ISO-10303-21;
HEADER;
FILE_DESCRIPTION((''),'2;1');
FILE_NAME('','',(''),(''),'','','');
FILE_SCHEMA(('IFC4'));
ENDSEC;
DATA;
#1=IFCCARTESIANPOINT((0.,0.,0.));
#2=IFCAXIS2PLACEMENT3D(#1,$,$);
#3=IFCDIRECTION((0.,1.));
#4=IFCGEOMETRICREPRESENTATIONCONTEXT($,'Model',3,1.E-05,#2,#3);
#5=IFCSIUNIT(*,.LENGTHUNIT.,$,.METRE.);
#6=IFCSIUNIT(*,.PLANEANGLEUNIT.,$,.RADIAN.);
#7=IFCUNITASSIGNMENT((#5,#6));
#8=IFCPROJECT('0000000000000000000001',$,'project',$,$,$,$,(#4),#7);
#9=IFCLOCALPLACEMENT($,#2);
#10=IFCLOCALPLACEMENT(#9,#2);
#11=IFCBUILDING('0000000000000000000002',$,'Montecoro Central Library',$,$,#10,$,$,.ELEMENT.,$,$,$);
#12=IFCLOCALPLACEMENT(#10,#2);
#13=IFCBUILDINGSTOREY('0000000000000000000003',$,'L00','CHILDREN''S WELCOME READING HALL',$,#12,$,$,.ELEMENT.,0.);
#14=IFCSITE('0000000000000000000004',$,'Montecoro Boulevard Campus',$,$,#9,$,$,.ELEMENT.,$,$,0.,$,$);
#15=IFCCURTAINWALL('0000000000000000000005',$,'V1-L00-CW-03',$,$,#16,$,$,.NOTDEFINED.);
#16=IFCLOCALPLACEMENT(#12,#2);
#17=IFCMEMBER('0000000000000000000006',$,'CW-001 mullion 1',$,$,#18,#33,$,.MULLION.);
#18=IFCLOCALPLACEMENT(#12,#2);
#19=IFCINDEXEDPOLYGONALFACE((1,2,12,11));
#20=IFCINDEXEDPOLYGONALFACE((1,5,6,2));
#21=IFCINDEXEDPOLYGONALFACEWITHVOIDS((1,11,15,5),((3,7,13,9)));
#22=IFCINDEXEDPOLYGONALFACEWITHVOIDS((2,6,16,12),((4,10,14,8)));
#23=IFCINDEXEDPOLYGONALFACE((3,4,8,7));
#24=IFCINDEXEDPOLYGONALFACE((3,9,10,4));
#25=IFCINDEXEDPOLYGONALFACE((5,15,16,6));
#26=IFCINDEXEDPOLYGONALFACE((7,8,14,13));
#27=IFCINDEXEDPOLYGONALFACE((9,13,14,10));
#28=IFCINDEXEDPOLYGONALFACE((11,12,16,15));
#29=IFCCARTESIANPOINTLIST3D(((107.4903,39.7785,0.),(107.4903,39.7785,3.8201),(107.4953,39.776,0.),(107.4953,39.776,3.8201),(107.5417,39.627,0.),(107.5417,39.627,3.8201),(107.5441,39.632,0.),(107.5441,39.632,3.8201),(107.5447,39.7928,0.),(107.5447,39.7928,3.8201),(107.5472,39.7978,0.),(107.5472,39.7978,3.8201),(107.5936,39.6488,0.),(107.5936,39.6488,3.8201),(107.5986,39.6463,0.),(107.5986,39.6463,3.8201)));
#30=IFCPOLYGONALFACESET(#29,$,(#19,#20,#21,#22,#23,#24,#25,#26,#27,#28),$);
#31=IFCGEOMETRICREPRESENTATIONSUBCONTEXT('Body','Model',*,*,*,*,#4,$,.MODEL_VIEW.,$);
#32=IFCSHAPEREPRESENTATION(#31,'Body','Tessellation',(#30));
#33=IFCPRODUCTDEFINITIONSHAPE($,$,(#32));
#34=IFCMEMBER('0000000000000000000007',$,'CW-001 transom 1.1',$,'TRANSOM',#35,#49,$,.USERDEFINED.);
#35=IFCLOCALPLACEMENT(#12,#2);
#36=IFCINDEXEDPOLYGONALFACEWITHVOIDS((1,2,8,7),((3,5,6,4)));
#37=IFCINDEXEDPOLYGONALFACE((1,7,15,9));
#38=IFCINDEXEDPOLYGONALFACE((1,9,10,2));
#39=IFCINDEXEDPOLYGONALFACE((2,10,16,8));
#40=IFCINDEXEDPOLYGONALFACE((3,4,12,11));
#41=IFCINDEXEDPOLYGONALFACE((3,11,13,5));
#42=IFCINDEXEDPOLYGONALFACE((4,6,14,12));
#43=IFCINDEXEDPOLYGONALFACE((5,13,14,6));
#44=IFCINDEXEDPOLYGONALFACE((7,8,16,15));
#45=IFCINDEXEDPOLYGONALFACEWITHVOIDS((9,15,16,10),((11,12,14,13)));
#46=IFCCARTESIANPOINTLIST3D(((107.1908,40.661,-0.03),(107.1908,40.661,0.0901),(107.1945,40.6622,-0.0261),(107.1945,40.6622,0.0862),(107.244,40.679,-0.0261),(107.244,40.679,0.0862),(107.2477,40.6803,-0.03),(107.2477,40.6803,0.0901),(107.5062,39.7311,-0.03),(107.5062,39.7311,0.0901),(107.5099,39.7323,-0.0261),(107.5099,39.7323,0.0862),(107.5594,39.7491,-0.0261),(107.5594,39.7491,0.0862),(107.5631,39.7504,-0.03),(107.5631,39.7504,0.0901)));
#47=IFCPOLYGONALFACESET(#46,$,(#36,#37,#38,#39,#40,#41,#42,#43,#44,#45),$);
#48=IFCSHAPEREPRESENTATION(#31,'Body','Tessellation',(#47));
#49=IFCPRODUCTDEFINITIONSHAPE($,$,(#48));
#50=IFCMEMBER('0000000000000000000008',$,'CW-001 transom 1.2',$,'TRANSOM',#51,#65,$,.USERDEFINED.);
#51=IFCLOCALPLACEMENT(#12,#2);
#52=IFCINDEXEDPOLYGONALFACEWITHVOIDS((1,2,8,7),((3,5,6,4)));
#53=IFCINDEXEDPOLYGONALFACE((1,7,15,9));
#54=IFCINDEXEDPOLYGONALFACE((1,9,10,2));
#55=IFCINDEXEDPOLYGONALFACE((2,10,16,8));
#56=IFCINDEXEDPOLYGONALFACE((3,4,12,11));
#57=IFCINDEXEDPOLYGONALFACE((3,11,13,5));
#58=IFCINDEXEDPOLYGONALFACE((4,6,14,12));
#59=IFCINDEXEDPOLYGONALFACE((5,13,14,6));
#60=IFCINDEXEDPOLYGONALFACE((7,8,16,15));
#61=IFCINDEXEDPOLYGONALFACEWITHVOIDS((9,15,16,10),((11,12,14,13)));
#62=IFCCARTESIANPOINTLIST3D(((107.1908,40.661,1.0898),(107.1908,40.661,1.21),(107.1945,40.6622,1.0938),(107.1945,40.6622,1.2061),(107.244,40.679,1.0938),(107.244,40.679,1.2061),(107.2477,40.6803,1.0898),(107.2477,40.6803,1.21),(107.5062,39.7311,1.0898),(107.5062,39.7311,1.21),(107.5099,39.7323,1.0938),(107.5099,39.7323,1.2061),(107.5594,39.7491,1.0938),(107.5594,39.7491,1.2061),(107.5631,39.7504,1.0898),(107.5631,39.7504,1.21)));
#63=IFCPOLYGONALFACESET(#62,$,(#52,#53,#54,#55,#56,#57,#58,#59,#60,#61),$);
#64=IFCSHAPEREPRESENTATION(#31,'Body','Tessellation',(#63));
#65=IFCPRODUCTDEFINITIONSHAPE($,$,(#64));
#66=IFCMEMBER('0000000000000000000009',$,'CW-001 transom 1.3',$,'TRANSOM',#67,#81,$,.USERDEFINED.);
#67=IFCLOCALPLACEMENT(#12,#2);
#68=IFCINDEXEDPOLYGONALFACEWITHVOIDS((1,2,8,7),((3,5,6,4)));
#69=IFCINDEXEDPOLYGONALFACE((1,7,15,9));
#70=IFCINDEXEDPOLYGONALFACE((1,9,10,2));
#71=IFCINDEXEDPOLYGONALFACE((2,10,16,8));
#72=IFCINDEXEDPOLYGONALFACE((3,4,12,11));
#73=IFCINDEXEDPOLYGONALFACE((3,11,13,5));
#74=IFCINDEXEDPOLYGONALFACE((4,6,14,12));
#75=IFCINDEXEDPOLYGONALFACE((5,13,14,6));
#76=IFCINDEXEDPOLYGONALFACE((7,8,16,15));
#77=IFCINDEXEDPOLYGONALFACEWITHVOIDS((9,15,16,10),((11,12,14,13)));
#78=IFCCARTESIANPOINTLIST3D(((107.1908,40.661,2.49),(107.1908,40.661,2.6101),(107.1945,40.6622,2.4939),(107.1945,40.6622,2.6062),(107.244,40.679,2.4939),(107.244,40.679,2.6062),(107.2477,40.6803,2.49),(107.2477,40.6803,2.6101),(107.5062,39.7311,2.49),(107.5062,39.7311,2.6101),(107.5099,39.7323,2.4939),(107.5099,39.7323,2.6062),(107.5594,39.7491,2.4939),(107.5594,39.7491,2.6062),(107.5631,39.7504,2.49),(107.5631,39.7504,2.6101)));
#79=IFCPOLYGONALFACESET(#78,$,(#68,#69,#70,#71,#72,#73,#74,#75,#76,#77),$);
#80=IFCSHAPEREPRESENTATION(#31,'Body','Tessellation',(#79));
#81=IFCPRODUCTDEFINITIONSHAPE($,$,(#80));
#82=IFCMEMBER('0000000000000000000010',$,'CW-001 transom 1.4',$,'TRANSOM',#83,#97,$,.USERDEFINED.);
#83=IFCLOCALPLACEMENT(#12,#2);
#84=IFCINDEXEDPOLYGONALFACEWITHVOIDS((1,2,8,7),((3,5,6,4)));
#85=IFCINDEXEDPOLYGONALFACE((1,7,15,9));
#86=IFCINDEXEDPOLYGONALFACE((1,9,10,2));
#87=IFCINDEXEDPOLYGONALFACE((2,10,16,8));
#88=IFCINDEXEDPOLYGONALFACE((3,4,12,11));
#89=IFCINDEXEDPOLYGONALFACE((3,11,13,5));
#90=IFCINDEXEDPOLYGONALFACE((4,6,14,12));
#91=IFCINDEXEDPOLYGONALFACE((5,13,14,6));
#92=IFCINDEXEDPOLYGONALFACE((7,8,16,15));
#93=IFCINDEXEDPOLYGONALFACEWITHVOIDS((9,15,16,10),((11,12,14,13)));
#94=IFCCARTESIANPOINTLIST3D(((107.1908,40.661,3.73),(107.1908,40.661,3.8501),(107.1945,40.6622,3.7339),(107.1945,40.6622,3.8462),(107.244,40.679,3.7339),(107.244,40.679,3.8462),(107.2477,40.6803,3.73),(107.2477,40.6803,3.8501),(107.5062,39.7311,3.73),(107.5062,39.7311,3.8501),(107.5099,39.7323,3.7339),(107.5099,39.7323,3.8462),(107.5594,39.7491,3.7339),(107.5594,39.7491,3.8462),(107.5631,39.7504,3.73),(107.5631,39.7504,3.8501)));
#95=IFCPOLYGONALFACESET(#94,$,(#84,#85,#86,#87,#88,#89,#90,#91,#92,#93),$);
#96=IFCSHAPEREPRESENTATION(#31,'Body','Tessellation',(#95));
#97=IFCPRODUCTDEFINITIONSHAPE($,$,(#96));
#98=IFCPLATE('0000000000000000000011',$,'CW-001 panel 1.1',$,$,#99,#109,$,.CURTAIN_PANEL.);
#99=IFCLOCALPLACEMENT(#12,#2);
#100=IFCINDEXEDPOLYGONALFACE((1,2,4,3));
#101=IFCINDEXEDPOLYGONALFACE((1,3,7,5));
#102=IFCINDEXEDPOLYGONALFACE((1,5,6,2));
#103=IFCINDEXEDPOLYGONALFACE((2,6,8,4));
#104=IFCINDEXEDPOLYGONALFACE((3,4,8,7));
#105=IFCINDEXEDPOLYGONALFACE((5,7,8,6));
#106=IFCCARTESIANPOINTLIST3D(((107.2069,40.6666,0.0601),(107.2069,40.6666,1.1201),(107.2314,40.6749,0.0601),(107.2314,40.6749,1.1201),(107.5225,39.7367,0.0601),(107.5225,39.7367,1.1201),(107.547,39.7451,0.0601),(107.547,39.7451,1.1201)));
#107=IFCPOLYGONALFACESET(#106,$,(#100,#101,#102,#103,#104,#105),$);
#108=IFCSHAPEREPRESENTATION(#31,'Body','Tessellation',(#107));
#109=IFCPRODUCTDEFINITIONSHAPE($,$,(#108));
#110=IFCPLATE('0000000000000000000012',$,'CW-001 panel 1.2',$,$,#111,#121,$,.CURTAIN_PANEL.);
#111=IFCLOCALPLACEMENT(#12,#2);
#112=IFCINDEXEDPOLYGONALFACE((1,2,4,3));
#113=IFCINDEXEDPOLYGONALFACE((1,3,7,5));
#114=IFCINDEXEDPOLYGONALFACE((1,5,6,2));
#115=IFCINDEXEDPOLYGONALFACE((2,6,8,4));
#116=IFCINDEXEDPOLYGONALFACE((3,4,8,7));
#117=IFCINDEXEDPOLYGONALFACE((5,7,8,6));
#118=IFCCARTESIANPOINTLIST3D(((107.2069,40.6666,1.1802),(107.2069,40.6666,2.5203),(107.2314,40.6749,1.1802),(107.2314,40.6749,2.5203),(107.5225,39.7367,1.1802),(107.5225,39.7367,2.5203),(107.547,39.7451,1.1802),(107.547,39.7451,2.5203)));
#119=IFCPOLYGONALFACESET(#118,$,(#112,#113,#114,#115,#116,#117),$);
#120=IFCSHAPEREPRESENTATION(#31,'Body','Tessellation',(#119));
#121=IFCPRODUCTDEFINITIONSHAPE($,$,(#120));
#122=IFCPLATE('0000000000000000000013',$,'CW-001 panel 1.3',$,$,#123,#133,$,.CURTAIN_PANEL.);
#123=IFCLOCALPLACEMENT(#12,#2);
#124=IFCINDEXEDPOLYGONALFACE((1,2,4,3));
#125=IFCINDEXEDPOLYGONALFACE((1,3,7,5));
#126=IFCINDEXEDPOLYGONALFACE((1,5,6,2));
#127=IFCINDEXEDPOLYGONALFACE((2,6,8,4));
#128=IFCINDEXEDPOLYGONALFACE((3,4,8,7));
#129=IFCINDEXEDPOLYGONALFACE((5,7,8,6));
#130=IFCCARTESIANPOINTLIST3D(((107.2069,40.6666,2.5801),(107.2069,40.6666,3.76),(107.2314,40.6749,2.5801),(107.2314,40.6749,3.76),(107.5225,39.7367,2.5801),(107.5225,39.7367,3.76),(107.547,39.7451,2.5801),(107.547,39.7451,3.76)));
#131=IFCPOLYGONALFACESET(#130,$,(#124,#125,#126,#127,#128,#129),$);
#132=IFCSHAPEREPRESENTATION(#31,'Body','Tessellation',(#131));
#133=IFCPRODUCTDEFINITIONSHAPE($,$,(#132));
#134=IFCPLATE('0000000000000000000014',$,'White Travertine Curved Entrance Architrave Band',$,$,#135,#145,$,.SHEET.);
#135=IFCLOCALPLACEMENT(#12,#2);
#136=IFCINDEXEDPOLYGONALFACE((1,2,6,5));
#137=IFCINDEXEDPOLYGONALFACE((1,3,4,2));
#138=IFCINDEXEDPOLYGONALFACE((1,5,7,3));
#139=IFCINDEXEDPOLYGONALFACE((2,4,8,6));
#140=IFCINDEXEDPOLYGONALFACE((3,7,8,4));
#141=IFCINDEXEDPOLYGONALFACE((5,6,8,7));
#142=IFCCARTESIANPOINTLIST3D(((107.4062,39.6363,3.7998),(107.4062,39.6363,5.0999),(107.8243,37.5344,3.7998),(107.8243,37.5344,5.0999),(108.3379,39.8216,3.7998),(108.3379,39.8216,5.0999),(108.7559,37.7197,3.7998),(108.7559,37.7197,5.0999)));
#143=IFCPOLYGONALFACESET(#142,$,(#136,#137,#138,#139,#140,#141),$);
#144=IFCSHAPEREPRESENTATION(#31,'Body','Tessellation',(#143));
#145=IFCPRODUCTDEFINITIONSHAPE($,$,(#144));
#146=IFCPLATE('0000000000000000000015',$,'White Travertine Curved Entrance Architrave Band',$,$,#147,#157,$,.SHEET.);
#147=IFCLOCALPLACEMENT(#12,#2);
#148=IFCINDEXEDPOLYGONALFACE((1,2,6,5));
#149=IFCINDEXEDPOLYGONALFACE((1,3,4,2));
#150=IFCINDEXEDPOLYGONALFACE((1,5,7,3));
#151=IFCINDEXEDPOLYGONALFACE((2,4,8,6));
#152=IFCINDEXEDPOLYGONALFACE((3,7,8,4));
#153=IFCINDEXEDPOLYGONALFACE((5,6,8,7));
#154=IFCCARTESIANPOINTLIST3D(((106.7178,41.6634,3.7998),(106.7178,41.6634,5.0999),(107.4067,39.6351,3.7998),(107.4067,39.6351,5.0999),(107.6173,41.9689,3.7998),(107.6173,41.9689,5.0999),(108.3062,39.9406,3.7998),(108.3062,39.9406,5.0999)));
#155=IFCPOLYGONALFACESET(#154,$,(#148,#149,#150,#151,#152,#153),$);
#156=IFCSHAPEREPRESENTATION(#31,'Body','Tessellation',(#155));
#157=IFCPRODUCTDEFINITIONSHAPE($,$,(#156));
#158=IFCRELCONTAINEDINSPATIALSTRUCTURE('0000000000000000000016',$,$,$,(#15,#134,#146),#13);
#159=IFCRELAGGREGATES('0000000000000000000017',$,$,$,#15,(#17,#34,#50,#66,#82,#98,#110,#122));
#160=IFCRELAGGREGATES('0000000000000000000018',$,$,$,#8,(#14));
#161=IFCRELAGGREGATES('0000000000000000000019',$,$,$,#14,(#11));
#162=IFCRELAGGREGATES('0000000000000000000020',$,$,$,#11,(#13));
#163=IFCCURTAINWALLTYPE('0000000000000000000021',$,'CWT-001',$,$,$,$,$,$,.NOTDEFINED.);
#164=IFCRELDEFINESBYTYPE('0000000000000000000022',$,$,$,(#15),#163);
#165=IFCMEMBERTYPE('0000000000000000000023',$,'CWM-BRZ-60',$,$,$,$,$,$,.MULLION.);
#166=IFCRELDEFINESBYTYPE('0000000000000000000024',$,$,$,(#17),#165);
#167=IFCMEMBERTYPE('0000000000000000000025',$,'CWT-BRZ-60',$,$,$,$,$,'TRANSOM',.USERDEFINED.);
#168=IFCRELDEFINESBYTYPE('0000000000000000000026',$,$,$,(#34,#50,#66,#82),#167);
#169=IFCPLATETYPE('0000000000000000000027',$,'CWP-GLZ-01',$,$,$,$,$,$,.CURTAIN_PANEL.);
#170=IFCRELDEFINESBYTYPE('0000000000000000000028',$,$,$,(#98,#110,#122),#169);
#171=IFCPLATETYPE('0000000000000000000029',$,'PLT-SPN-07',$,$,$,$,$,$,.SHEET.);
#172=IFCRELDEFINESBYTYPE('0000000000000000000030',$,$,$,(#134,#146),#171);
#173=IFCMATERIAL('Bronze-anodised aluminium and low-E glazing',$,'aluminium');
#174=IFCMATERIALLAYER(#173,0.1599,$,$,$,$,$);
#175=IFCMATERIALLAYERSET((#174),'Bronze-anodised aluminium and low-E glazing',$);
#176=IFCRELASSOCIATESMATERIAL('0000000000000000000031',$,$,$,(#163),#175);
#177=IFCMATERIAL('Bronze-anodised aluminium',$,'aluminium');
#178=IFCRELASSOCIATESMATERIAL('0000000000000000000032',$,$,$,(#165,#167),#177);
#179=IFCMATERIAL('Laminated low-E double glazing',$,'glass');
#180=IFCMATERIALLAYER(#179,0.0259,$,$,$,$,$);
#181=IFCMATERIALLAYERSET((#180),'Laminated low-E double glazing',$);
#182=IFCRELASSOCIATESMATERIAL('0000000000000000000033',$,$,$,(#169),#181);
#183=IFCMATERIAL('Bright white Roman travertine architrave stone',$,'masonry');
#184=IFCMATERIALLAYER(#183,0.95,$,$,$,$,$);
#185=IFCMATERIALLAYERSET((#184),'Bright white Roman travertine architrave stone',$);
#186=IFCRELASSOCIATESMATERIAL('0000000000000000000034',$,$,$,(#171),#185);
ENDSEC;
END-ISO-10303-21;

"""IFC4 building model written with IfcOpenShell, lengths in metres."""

from ifc_helpers import new_model, si_unit, direction, frame, origin, origin_2d, place, context, subcontext, project, spatial, rectangle, hollow_rectangle, extrude, material, layer, layer_set, material_profile, profile_set, type_object, element, aggregate, save


model = new_model("IFC4")

# Units and contexts
model_context = context("Model", 3, precision=1e-05, world=origin(), true_north=direction((0.0, 1.0)))
body_context = subcontext(model_context, "Body", "Model", "MODEL_VIEW")
ifc_project = project(units=[si_unit("LENGTHUNIT", "METRE"), si_unit("PLANEANGLEUNIT", "RADIAN")], contexts=[model_context])

# Site, building, storey
site_placement = place(None, origin())
site = spatial("IfcSite", under=ifc_project, at=site_placement, Name="Montecoro Boulevard Campus", CompositionType="ELEMENT", RefElevation=0.0)
building_placement = place(site_placement, origin())
building = spatial("IfcBuilding", under=site, at=building_placement, Name="Montecoro Central Library", CompositionType="ELEMENT")
storey_placement = place(building_placement, origin())
storey = spatial("IfcBuildingStorey", under=building, at=storey_placement, Name="L00", Description="CHILDREN'S WELCOME READING HALL", CompositionType="ELEMENT", Elevation=0.0)

# Curtain wall, members, plates
ifc_material_1 = material(Name="Bronze-anodised aluminium and low-E glazing", Category="aluminium")
ifc_layer_1 = layer(ifc_material_1, 0.1599)
ifc_layer_set_1 = layer_set([ifc_layer_1], Name="Bronze-anodised aluminium and low-E glazing")
curtain_wall_type = type_object("IfcCurtainWallType", Name="CWT-001", PredefinedType="NOTDEFINED", material=ifc_layer_set_1)
curtain_wall_placement = place(storey_placement, origin())
curtain_wall = element("IfcCurtainWall", 1, at=curtain_wall_placement, inside=storey, type_object=curtain_wall_type, Name="V1-L00-CW-03", PredefinedType="NOTDEFINED")
ifc_material_2 = material(Name="Bronze-anodised aluminium", Category="aluminium")
ifc_material_profile_1 = material_profile(ifc_material_2, hollow_rectangle(XDim=0.0601, YDim=0.1599, WallThickness=0.0039, at=origin_2d()), Name="CWM 160x60x4.0")
ifc_profile_set_1 = profile_set([ifc_material_profile_1], Name="Bronze-anodised aluminium")
member_type_1 = type_object("IfcMemberType", Name="CWM-BRZ-60", PredefinedType="MULLION", material=ifc_profile_set_1)
member_1_placement = place(storey_placement, frame((107.5444, 39.7124, 0.0), z_axis=(0.0, 0.0, 1.0), x_axis=(-0.946943, -0.321401, 0.0)))
member_1 = element("IfcMember", 2, at=member_1_placement, type_object=member_type_1, Name="CW-001 mullion 1", PredefinedType="MULLION", context=body_context, shape_type="SweptSolid", body=[
    extrude(hollow_rectangle(XDim=0.0601, YDim=0.1599, WallThickness=0.0039, at=origin_2d()), origin(), (0.0, 0.0, 1.0), 3.8201),
])
ifc_material_profile_2 = material_profile(ifc_material_2, hollow_rectangle(XDim=0.0601, YDim=0.1201, WallThickness=0.0039, at=origin_2d()), Name="CWT 120x60x4.0")
ifc_profile_set_2 = profile_set([ifc_material_profile_2], Name="Bronze-anodised aluminium")
member_type_2 = type_object("IfcMemberType", Name="CWT-BRZ-60", ElementType="TRANSOM", PredefinedType="USERDEFINED", material=ifc_profile_set_2)
member_2_placement = place(storey_placement, frame((107.5347, 39.7407, 0.03), z_axis=(-0.321221, 0.947004, 0.0), x_axis=(-0.947004, -0.321221, 0.0)))
member_2 = element("IfcMember", 3, at=member_2_placement, type_object=member_type_2, Name="CW-001 transom 1.1", ObjectType="TRANSOM", PredefinedType="USERDEFINED", context=body_context, shape_type="SweptSolid", body=[
    extrude(hollow_rectangle(XDim=0.0601, YDim=0.1201, WallThickness=0.0039, at=origin_2d()), origin(), (0.0, 0.0, 1.0), 0.9819),
])
member_3_placement = place(storey_placement, frame((107.5347, 39.7407, 1.1499), z_axis=(-0.321221, 0.947004, 0.0), x_axis=(-0.947004, -0.321221, 0.0)))
member_3 = element("IfcMember", 4, at=member_3_placement, type_object=member_type_2, Name="CW-001 transom 1.2", ObjectType="TRANSOM", PredefinedType="USERDEFINED", context=body_context, shape_type="SweptSolid", body=[
    extrude(hollow_rectangle(XDim=0.0601, YDim=0.1201, WallThickness=0.0039, at=origin_2d()), origin(), (0.0, 0.0, 1.0), 0.9819),
])
member_4_placement = place(storey_placement, frame((107.5347, 39.7407, 2.55), z_axis=(-0.321221, 0.947004, 0.0), x_axis=(-0.947004, -0.321221, 0.0)))
member_4 = element("IfcMember", 5, at=member_4_placement, type_object=member_type_2, Name="CW-001 transom 1.3", ObjectType="TRANSOM", PredefinedType="USERDEFINED", context=body_context, shape_type="SweptSolid", body=[
    extrude(hollow_rectangle(XDim=0.0601, YDim=0.1201, WallThickness=0.0039, at=origin_2d()), origin(), (0.0, 0.0, 1.0), 0.9819),
])
member_5_placement = place(storey_placement, frame((107.5347, 39.7407, 3.79), z_axis=(-0.321221, 0.947004, 0.0), x_axis=(-0.947004, -0.321221, 0.0)))
member_5 = element("IfcMember", 6, at=member_5_placement, type_object=member_type_2, Name="CW-001 transom 1.4", ObjectType="TRANSOM", PredefinedType="USERDEFINED", context=body_context, shape_type="SweptSolid", body=[
    extrude(hollow_rectangle(XDim=0.0601, YDim=0.1201, WallThickness=0.0039, at=origin_2d()), origin(), (0.0, 0.0, 1.0), 0.9819),
])
ifc_material_3 = material(Name="Laminated low-E double glazing", Category="glass")
ifc_layer_2 = layer(ifc_material_3, 0.0259)
ifc_layer_set_2 = layer_set([ifc_layer_2], Name="Laminated low-E double glazing")
plate_type_1 = type_object("IfcPlateType", Name="CWP-GLZ-01", PredefinedType="CURTAIN_PANEL", material=ifc_layer_set_2)
plate_1_placement = place(storey_placement, frame((107.377, 40.2058, 0.0601), z_axis=(0.0, 0.0, 1.0), x_axis=(-0.321401, 0.946943, 0.0)))
plate_1 = element("IfcPlate", 7, at=plate_1_placement, type_object=plate_type_1, Name="CW-001 panel 1.1", PredefinedType="CURTAIN_PANEL", context=body_context, shape_type="SweptSolid", body=[
    extrude(rectangle(XDim=0.9819, YDim=0.0259, at=origin_2d()), origin(), (0.0, 0.0, 1.0), 1.0601),
])
plate_2_placement = place(storey_placement, frame((107.377, 40.2058, 1.1802), z_axis=(0.0, 0.0, 1.0), x_axis=(-0.321401, 0.946943, 0.0)))
plate_2 = element("IfcPlate", 8, at=plate_2_placement, type_object=plate_type_1, Name="CW-001 panel 1.2", PredefinedType="CURTAIN_PANEL", context=body_context, shape_type="SweptSolid", body=[
    extrude(rectangle(XDim=0.9819, YDim=0.0259, at=origin_2d()), origin(), (0.0, 0.0, 1.0), 1.3401),
])
plate_3_placement = place(storey_placement, frame((107.377, 40.2058, 2.5801), z_axis=(0.0, 0.0, 1.0), x_axis=(-0.321401, 0.946943, 0.0)))
plate_3 = element("IfcPlate", 9, at=plate_3_placement, type_object=plate_type_1, Name="CW-001 panel 1.3", PredefinedType="CURTAIN_PANEL", context=body_context, shape_type="SweptSolid", body=[
    extrude(rectangle(XDim=0.9819, YDim=0.0259, at=origin_2d()), origin(), (0.0, 0.0, 1.0), 1.1799),
])
aggregate(curtain_wall, [member_1, member_2, member_3, member_4, member_5, plate_1, plate_2, plate_3])

# Plates
ifc_material_4 = material(Name="Bright white Roman travertine architrave stone", Category="masonry")
ifc_layer_3 = layer(ifc_material_4, 0.95)
ifc_layer_set_3 = layer_set([ifc_layer_3], Name="Bright white Roman travertine architrave stone")
plate_type_2 = type_object("IfcPlateType", Name="PLT-SPN-07", PredefinedType="SHEET", material=ifc_layer_set_3)
plate_4_placement = place(storey_placement, frame((108.0811, 38.678, 3.7998), z_axis=(0.0, 0.0, 1.0), x_axis=(-0.19509, 0.980785, 0.0)))
element("IfcPlate", 10, at=plate_4_placement, inside=storey, type_object=plate_type_2, Name="White Travertine Curved Entrance Architrave Band", PredefinedType="SHEET", context=body_context, shape_type="SweptSolid", body=[
    extrude(rectangle(XDim=2.1431, YDim=0.95, at=origin_2d()), origin(), (0.0, 0.0, 1.0), 1.3),
])
plate_5_placement = place(storey_placement, frame((107.512, 40.802, 3.7998), z_axis=(0.0, 0.0, 1.0), x_axis=(-0.321605, 0.946874, 0.0)))
element("IfcPlate", 11, at=plate_5_placement, inside=storey, type_object=plate_type_2, Name="White Travertine Curved Entrance Architrave Band", PredefinedType="SHEET", context=body_context, shape_type="SweptSolid", body=[
    extrude(rectangle(XDim=2.1421, YDim=0.95, at=origin_2d()), origin(), (0.0, 0.0, 1.0), 1.3),
])

save(model, "model.ifc")
